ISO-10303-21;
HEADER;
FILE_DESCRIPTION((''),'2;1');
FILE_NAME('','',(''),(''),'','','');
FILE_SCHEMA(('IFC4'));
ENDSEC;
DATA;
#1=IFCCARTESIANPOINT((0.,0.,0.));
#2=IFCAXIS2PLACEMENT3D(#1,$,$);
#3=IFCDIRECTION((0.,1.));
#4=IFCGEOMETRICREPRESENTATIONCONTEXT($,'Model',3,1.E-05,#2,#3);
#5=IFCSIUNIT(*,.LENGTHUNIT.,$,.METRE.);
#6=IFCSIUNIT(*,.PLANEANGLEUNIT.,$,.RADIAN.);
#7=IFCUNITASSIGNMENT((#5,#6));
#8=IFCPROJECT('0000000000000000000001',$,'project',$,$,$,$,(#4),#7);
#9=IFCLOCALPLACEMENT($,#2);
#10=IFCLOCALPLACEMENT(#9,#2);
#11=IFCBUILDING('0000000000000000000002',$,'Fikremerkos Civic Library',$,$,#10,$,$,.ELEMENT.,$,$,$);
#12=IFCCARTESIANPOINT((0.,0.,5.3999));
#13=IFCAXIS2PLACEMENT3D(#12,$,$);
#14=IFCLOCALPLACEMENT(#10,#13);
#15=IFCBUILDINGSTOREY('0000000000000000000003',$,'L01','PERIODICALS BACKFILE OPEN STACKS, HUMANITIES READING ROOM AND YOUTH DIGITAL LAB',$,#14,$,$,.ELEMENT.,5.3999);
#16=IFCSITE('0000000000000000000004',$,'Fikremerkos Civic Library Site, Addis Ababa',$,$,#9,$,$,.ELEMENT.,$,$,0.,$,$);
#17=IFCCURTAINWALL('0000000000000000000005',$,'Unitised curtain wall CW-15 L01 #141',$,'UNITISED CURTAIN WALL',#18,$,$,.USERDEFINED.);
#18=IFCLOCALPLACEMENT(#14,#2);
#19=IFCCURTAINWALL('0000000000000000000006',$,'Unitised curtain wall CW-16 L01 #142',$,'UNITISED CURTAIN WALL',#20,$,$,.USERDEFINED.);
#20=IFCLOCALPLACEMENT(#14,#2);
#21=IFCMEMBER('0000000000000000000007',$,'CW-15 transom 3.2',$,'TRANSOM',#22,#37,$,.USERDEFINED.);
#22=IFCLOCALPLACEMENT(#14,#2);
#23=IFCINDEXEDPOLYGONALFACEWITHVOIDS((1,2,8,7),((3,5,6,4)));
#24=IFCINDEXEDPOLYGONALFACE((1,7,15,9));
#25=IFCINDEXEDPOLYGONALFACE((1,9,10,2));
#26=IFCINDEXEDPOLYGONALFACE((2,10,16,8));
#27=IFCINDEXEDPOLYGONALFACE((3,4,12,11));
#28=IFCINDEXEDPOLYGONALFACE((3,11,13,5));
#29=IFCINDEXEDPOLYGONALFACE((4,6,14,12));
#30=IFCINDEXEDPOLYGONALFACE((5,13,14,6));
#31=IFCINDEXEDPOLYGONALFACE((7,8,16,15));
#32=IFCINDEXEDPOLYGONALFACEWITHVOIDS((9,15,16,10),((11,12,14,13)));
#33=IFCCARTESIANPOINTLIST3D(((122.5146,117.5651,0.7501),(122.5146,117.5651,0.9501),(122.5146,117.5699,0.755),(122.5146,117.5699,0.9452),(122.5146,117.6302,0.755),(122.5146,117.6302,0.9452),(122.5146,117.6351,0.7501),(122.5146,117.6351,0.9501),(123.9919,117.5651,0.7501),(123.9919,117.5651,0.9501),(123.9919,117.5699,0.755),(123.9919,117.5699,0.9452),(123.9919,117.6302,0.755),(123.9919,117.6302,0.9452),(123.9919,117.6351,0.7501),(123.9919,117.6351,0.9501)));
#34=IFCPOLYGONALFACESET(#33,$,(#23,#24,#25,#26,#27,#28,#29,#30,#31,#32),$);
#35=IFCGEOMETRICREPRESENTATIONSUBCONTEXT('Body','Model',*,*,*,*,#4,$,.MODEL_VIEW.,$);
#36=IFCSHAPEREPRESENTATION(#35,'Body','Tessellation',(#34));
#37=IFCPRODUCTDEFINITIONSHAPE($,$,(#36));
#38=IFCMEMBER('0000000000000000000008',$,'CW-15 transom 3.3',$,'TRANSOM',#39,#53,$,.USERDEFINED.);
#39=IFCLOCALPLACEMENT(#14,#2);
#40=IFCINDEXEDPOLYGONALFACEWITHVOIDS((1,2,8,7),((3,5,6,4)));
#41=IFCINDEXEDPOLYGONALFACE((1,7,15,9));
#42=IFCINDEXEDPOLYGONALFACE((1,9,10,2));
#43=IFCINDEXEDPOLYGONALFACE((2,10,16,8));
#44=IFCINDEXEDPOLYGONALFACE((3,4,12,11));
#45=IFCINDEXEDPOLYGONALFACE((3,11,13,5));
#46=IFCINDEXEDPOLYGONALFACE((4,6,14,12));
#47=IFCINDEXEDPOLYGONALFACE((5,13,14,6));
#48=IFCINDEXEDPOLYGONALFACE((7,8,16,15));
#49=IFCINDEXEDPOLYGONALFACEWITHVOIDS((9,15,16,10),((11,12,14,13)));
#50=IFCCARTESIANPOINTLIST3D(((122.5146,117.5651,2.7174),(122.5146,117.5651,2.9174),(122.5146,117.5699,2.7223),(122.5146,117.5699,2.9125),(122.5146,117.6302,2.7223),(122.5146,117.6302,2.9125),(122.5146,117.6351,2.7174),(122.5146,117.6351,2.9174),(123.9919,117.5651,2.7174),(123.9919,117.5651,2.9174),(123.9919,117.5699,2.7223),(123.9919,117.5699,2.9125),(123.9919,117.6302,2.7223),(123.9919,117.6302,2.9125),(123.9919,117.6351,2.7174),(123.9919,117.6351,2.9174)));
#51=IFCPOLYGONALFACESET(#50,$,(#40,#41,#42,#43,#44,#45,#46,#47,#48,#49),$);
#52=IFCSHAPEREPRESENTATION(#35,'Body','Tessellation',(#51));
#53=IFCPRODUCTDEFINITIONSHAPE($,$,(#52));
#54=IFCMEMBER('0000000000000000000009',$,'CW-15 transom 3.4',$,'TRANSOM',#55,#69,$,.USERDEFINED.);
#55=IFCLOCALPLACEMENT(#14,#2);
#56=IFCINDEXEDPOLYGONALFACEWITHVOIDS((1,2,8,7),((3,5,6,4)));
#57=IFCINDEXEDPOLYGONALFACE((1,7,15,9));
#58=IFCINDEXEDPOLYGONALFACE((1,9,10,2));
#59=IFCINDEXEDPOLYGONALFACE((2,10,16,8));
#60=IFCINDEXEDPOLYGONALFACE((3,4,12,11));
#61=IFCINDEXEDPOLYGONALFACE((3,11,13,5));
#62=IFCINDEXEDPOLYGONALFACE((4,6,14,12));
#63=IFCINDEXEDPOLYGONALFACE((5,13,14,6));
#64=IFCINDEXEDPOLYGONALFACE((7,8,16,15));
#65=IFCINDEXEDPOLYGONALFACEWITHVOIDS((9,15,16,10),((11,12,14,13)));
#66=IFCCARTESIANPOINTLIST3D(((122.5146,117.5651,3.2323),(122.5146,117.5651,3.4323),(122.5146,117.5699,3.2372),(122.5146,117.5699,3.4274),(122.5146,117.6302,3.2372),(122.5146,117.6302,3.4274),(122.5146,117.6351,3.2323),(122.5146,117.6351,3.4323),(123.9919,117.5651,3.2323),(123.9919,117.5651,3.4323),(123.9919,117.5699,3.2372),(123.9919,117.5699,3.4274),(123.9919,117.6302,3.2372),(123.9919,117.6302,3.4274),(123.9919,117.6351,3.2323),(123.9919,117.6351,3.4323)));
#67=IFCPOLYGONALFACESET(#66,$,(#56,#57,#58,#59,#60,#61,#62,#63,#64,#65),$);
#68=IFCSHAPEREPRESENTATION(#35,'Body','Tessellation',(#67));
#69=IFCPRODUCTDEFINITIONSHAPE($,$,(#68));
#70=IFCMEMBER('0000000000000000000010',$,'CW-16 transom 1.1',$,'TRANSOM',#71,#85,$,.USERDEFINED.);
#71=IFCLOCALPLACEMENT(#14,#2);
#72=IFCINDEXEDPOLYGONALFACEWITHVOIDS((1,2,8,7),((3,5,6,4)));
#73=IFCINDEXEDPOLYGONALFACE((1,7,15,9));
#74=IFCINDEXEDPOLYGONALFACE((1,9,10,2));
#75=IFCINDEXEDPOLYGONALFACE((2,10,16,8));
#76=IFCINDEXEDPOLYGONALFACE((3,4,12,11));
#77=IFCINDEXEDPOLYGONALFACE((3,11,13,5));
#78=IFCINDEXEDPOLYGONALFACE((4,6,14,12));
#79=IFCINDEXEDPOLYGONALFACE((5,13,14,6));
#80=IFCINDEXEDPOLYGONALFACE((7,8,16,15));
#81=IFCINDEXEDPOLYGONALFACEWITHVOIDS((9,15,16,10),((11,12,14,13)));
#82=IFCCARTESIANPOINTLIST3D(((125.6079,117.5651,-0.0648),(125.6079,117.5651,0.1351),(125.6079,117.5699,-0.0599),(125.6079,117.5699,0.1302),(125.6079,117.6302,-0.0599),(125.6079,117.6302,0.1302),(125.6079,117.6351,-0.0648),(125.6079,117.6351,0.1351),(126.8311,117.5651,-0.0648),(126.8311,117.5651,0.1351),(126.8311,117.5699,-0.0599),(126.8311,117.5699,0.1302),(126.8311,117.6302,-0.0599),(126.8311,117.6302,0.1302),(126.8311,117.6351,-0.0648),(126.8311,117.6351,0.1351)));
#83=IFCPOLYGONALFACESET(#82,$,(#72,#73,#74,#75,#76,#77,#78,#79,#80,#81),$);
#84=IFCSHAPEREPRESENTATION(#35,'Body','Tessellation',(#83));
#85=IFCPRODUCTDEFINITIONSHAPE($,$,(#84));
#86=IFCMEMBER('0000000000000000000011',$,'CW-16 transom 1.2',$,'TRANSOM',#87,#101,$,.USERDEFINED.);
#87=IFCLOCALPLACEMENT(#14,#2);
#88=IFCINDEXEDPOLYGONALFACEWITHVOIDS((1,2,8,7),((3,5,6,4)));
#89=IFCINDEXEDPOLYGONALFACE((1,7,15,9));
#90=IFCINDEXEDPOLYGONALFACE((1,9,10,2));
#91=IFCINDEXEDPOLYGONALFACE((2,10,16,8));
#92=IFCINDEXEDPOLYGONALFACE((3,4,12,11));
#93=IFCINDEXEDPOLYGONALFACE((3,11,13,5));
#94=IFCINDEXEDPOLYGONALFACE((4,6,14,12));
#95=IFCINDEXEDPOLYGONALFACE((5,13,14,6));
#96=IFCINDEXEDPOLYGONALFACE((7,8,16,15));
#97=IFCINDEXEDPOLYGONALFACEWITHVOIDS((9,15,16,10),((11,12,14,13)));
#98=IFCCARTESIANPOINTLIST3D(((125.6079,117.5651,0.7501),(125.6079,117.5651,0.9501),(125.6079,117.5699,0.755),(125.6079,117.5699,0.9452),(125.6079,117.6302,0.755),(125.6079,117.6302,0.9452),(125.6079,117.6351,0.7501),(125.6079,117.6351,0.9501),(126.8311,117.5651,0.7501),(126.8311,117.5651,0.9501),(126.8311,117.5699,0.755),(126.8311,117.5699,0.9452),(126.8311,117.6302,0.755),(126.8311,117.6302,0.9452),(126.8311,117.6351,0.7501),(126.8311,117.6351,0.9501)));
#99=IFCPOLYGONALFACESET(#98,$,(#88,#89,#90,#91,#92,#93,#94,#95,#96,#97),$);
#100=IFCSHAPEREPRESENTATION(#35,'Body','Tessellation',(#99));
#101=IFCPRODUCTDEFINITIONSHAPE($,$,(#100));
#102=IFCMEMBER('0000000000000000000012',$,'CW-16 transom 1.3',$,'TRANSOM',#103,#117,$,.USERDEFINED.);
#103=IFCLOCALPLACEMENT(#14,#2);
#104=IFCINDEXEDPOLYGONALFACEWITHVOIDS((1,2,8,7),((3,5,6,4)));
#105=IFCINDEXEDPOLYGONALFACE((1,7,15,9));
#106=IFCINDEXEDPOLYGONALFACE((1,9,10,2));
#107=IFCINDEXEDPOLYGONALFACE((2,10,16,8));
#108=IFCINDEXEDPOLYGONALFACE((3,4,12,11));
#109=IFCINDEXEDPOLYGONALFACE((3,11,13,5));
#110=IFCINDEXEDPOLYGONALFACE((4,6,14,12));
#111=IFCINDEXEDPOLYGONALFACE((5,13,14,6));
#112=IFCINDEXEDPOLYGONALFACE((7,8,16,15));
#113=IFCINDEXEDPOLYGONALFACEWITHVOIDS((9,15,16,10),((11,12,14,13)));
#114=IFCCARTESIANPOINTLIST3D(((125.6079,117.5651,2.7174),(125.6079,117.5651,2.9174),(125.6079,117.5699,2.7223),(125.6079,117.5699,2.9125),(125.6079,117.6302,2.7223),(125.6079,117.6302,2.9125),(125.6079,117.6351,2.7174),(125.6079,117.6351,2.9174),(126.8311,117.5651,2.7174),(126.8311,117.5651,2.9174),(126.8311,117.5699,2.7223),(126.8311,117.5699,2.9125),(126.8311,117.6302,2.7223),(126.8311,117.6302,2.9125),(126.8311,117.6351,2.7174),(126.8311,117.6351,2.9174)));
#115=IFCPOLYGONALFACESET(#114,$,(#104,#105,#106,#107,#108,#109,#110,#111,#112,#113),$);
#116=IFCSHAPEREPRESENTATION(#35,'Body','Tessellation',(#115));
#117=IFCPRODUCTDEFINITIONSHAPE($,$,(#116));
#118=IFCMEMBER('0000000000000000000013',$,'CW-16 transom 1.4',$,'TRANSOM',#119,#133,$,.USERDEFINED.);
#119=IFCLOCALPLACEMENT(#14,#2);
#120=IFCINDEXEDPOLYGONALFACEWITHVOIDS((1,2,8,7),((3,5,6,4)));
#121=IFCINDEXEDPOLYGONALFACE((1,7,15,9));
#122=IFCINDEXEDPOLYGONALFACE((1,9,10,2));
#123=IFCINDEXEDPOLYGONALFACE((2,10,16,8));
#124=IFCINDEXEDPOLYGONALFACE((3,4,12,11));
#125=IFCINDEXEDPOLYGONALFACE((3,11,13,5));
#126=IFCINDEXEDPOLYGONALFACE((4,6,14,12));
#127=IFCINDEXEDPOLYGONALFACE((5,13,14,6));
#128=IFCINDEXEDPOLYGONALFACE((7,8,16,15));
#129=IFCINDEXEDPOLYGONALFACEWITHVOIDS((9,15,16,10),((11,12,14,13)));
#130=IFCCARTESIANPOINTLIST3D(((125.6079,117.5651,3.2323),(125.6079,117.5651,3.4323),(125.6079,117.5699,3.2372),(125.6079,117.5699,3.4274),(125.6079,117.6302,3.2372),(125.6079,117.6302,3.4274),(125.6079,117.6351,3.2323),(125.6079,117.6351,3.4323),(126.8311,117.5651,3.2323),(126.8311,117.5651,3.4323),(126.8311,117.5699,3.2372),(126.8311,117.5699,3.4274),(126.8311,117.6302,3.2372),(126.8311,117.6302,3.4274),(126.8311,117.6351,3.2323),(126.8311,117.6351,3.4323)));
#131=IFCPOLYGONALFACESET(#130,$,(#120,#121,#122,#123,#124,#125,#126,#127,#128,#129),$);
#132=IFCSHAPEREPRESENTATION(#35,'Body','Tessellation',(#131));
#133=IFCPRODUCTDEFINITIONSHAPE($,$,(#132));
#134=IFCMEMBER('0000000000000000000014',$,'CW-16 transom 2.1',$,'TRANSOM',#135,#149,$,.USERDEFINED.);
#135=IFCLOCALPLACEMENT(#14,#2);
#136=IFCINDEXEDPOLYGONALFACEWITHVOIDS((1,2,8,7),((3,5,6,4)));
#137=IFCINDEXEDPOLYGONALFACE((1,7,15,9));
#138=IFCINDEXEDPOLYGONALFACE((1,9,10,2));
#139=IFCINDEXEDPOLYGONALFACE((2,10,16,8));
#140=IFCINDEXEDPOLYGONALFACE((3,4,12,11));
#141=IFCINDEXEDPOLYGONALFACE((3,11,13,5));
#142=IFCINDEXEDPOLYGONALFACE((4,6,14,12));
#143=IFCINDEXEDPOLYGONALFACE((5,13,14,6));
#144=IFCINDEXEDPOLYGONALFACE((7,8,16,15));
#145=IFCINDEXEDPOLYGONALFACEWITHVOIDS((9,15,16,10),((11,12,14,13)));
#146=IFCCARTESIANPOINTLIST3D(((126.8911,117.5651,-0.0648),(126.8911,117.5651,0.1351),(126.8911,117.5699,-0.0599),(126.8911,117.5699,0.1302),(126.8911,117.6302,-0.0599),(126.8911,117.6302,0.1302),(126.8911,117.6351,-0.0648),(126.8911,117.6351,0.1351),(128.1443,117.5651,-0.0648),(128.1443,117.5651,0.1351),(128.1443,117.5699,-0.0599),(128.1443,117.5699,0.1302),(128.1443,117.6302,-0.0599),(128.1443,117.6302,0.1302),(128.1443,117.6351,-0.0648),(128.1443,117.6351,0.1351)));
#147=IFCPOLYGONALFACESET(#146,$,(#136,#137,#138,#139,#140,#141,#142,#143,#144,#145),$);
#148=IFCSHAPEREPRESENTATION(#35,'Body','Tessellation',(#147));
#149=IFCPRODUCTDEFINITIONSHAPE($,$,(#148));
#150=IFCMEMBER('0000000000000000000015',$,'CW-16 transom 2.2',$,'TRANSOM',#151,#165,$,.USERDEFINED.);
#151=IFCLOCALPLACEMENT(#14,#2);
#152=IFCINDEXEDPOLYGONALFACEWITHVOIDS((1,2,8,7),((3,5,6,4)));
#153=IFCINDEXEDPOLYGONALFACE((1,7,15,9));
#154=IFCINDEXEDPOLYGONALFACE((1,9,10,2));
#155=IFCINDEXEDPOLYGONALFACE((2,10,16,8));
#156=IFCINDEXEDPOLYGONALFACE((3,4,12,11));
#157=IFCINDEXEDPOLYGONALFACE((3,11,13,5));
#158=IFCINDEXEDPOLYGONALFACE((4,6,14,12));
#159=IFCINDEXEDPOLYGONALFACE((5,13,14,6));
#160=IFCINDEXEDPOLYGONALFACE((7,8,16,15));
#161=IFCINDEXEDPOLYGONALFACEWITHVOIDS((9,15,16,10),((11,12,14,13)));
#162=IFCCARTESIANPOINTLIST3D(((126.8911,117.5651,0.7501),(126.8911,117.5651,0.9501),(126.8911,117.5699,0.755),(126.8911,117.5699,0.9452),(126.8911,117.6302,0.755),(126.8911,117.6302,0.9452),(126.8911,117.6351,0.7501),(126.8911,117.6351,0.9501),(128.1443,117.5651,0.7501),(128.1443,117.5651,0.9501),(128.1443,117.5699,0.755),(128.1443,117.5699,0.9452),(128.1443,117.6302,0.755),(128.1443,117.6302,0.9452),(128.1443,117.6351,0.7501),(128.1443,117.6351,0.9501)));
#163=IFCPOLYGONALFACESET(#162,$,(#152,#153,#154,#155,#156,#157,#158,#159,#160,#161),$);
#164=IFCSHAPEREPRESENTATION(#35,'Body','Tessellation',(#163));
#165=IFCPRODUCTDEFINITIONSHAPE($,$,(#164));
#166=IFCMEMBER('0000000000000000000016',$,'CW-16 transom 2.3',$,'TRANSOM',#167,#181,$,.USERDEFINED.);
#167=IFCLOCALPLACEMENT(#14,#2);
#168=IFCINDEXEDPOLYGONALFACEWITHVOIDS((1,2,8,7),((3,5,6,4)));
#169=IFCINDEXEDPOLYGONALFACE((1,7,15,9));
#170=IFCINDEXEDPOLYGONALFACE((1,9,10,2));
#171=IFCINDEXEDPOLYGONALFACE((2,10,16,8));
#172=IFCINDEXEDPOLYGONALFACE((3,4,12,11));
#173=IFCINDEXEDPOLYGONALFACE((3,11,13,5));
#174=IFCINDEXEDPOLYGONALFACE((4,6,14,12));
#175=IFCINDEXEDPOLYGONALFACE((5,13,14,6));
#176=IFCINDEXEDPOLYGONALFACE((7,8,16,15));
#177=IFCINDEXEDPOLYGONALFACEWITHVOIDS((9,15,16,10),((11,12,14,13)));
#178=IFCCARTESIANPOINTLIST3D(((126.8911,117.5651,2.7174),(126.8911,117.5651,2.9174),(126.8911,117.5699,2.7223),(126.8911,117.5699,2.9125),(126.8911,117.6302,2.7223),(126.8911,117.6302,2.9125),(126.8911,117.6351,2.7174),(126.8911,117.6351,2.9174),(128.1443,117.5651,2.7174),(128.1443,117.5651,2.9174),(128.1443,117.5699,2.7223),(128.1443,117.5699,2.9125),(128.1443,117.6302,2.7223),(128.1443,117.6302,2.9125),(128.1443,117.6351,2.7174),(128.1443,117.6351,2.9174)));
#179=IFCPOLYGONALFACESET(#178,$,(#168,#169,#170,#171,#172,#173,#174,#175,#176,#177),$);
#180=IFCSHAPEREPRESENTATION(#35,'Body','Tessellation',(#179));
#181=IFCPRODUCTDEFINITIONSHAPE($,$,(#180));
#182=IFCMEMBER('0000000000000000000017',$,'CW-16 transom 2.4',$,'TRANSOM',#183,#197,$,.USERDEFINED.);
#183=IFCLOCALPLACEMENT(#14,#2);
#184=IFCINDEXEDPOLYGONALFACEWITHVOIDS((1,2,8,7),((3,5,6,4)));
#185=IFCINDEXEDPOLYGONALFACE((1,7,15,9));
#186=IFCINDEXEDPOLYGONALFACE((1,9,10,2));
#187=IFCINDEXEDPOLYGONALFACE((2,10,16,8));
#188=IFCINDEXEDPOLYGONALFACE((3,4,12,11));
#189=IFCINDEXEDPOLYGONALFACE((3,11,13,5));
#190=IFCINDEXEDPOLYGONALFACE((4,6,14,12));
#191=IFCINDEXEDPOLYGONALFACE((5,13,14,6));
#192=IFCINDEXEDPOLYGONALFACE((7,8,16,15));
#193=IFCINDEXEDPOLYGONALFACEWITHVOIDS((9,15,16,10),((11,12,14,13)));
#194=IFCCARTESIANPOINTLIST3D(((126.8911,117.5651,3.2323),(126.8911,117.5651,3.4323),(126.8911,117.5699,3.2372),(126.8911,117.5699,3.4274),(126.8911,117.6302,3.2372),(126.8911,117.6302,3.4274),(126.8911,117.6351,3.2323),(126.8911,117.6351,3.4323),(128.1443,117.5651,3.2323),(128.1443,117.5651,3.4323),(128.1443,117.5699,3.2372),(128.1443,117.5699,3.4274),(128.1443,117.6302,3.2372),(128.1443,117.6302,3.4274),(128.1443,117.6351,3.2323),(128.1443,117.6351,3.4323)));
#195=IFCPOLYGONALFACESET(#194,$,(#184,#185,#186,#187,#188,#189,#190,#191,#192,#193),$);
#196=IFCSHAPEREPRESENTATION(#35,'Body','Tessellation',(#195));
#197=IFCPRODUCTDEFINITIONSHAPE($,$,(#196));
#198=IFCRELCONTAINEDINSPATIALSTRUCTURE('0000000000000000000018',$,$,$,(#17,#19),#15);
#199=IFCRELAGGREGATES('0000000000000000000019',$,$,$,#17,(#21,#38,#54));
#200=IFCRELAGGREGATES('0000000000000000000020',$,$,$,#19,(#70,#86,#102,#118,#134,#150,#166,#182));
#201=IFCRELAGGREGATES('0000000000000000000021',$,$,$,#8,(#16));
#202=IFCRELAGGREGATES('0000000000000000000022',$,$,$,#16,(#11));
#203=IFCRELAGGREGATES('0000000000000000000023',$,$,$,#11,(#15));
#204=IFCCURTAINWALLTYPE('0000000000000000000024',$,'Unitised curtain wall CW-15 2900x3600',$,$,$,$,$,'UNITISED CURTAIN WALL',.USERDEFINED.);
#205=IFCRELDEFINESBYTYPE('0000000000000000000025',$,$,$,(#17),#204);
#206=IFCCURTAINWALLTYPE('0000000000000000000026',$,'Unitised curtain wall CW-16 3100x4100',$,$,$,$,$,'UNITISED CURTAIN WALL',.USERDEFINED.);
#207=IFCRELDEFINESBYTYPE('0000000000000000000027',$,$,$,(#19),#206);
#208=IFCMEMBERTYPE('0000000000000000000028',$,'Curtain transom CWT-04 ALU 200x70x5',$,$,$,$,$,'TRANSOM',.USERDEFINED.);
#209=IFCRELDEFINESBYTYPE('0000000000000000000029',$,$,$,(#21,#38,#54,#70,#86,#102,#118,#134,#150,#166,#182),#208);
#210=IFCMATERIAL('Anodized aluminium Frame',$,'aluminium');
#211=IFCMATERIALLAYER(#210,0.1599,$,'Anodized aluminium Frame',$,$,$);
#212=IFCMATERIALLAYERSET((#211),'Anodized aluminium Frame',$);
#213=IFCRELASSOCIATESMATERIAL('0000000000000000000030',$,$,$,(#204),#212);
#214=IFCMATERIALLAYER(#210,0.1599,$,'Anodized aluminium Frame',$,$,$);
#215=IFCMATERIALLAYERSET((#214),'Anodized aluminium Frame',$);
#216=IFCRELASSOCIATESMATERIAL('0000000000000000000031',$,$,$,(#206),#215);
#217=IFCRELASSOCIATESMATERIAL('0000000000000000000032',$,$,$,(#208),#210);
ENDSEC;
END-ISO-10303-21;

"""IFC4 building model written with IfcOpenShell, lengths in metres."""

from ifc_helpers import new_model, si_unit, direction, frame, origin, origin_2d, place, context, subcontext, project, spatial, hollow_rectangle, extrude, material, layer, layer_set, material_profile, profile_set, type_object, element, aggregate, save


model = new_model("IFC4")

# Units and contexts
model_context = context("Model", 3, precision=1e-05, world=origin(), true_north=direction((0.0, 1.0)))
body_context = subcontext(model_context, "Body", "Model", "MODEL_VIEW")
ifc_project = project(units=[si_unit("LENGTHUNIT", "METRE"), si_unit("PLANEANGLEUNIT", "RADIAN")], contexts=[model_context])

# Site, building, storey
site_placement = place(None, origin())
site = spatial("IfcSite", under=ifc_project, at=site_placement, Name="Fikremerkos Civic Library Site, Addis Ababa", CompositionType="ELEMENT", RefElevation=0.0)
building_placement = place(site_placement, origin())
building = spatial("IfcBuilding", under=site, at=building_placement, Name="Fikremerkos Civic Library", CompositionType="ELEMENT")
storey_placement = place(building_placement, frame((0.0, 0.0, 5.3999)))
storey = spatial("IfcBuildingStorey", under=building, at=storey_placement, Name="L01", Description="PERIODICALS BACKFILE OPEN STACKS, HUMANITIES READING ROOM AND YOUTH DIGITAL LAB", CompositionType="ELEMENT", Elevation=5.3999)

# Curtain walls
ifc_material_1 = material(Name="Anodized aluminium Frame", Category="aluminium")
ifc_layer_1 = layer(ifc_material_1, 0.1599, Name="Anodized aluminium Frame")
ifc_layer_set_1 = layer_set([ifc_layer_1], Name="Anodized aluminium Frame")
curtain_wall_type_1 = type_object("IfcCurtainWallType", Name="Unitised curtain wall CW-15 2900x3600", ElementType="UNITISED CURTAIN WALL", PredefinedType="USERDEFINED", material=ifc_layer_set_1)
curtain_wall_1_placement = place(storey_placement, origin())
curtain_wall_1 = element("IfcCurtainWall", 1, at=curtain_wall_1_placement, inside=storey, type_object=curtain_wall_type_1, Name="Unitised curtain wall CW-15 L01 #141", ObjectType="UNITISED CURTAIN WALL", PredefinedType="USERDEFINED")
ifc_layer_2 = layer(ifc_material_1, 0.1599, Name="Anodized aluminium Frame")
ifc_layer_set_2 = layer_set([ifc_layer_2], Name="Anodized aluminium Frame")
curtain_wall_type_2 = type_object("IfcCurtainWallType", Name="Unitised curtain wall CW-16 3100x4100", ElementType="UNITISED CURTAIN WALL", PredefinedType="USERDEFINED", material=ifc_layer_set_2)
curtain_wall_2_placement = place(storey_placement, origin())
curtain_wall_2 = element("IfcCurtainWall", 2, at=curtain_wall_2_placement, inside=storey, type_object=curtain_wall_type_2, Name="Unitised curtain wall CW-16 L01 #142", ObjectType="UNITISED CURTAIN WALL", PredefinedType="USERDEFINED")

# Members
ifc_material_profile_1 = material_profile(ifc_material_1, hollow_rectangle(XDim=0.0701, YDim=0.2, WallThickness=0.0049, at=origin_2d()), Name="ALU 200x70x5")
ifc_profile_set_1 = profile_set([ifc_material_profile_1], Name="Anodized aluminium Frame")
member_type_1 = type_object("IfcMemberType", Name="Curtain transom CWT-04 ALU 200x70x5", ElementType="TRANSOM", PredefinedType="USERDEFINED", material=ifc_profile_set_1)
member_1_placement = place(storey_placement, frame((122.5146, 117.6001, 0.8501), z_axis=(1.0, 0.0, 0.0), x_axis=(0.0, 1.0, 0.0)))
member_1 = element("IfcMember", 3, at=member_1_placement, type_object=member_type_1, Name="CW-15 transom 3.2", ObjectType="TRANSOM", PredefinedType="USERDEFINED", context=body_context, shape_type="SweptSolid", body=[
    extrude(hollow_rectangle(XDim=0.0701, YDim=0.2, WallThickness=0.0049, at=origin_2d()), origin(), (0.0, 0.0, 1.0), 1.4773),
])
member_2_placement = place(storey_placement, frame((122.5146, 117.6001, 2.8174), z_axis=(1.0, 0.0, 0.0), x_axis=(0.0, 1.0, 0.0)))
member_2 = element("IfcMember", 4, at=member_2_placement, type_object=member_type_1, Name="CW-15 transom 3.3", ObjectType="TRANSOM", PredefinedType="USERDEFINED", context=body_context, shape_type="SweptSolid", body=[
    extrude(hollow_rectangle(XDim=0.0701, YDim=0.2, WallThickness=0.0049, at=origin_2d()), origin(), (0.0, 0.0, 1.0), 1.4773),
])
member_3_placement = place(storey_placement, frame((122.5146, 117.6001, 3.3323), z_axis=(1.0, 0.0, 0.0), x_axis=(0.0, 1.0, 0.0)))
member_3 = element("IfcMember", 5, at=member_3_placement, type_object=member_type_1, Name="CW-15 transom 3.4", ObjectType="TRANSOM", PredefinedType="USERDEFINED", context=body_context, shape_type="SweptSolid", body=[
    extrude(hollow_rectangle(XDim=0.0701, YDim=0.2, WallThickness=0.0049, at=origin_2d()), origin(), (0.0, 0.0, 1.0), 1.4773),
])
member_4_placement = place(storey_placement, frame((125.6079, 117.6001, 0.0352), z_axis=(1.0, 0.0, 0.0), x_axis=(0.0, 1.0, 0.0)))
member_4 = element("IfcMember", 6, at=member_4_placement, type_object=member_type_1, Name="CW-16 transom 1.1", ObjectType="TRANSOM", PredefinedType="USERDEFINED", context=body_context, shape_type="SweptSolid", body=[
    extrude(hollow_rectangle(XDim=0.0701, YDim=0.2, WallThickness=0.0049, at=origin_2d()), origin(), (0.0, 0.0, 1.0), 1.2231),
])
member_5_placement = place(storey_placement, frame((125.6079, 117.6001, 0.8501), z_axis=(1.0, 0.0, 0.0), x_axis=(0.0, 1.0, 0.0)))
member_5 = element("IfcMember", 7, at=member_5_placement, type_object=member_type_1, Name="CW-16 transom 1.2", ObjectType="TRANSOM", PredefinedType="USERDEFINED", context=body_context, shape_type="SweptSolid", body=[
    extrude(hollow_rectangle(XDim=0.0701, YDim=0.2, WallThickness=0.0049, at=origin_2d()), origin(), (0.0, 0.0, 1.0), 1.2231),
])
member_6_placement = place(storey_placement, frame((125.6079, 117.6001, 2.8174), z_axis=(1.0, 0.0, 0.0), x_axis=(0.0, 1.0, 0.0)))
member_6 = element("IfcMember", 8, at=member_6_placement, type_object=member_type_1, Name="CW-16 transom 1.3", ObjectType="TRANSOM", PredefinedType="USERDEFINED", context=body_context, shape_type="SweptSolid", body=[
    extrude(hollow_rectangle(XDim=0.0701, YDim=0.2, WallThickness=0.0049, at=origin_2d()), origin(), (0.0, 0.0, 1.0), 1.2231),
])
member_7_placement = place(storey_placement, frame((125.6079, 117.6001, 3.3323), z_axis=(1.0, 0.0, 0.0), x_axis=(0.0, 1.0, 0.0)))
member_7 = element("IfcMember", 9, at=member_7_placement, type_object=member_type_1, Name="CW-16 transom 1.4", ObjectType="TRANSOM", PredefinedType="USERDEFINED", context=body_context, shape_type="SweptSolid", body=[
    extrude(hollow_rectangle(XDim=0.0701, YDim=0.2, WallThickness=0.0049, at=origin_2d()), origin(), (0.0, 0.0, 1.0), 1.2231),
])
member_8_placement = place(storey_placement, frame((126.8911, 117.6001, 0.0352), z_axis=(1.0, 0.0, 0.0), x_axis=(0.0, 1.0, 0.0)))
member_8 = element("IfcMember", 10, at=member_8_placement, type_object=member_type_1, Name="CW-16 transom 2.1", ObjectType="TRANSOM", PredefinedType="USERDEFINED", context=body_context, shape_type="SweptSolid", body=[
    extrude(hollow_rectangle(XDim=0.0701, YDim=0.2, WallThickness=0.0049, at=origin_2d()), origin(), (0.0, 0.0, 1.0), 1.2532),
])
member_9_placement = place(storey_placement, frame((126.8911, 117.6001, 0.8501), z_axis=(1.0, 0.0, 0.0), x_axis=(0.0, 1.0, 0.0)))
member_9 = element("IfcMember", 11, at=member_9_placement, type_object=member_type_1, Name="CW-16 transom 2.2", ObjectType="TRANSOM", PredefinedType="USERDEFINED", context=body_context, shape_type="SweptSolid", body=[
    extrude(hollow_rectangle(XDim=0.0701, YDim=0.2, WallThickness=0.0049, at=origin_2d()), origin(), (0.0, 0.0, 1.0), 1.2532),
])
member_10_placement = place(storey_placement, frame((126.8911, 117.6001, 2.8174), z_axis=(1.0, 0.0, 0.0), x_axis=(0.0, 1.0, 0.0)))
member_10 = element("IfcMember", 12, at=member_10_placement, type_object=member_type_1, Name="CW-16 transom 2.3", ObjectType="TRANSOM", PredefinedType="USERDEFINED", context=body_context, shape_type="SweptSolid", body=[
    extrude(hollow_rectangle(XDim=0.0701, YDim=0.2, WallThickness=0.0049, at=origin_2d()), origin(), (0.0, 0.0, 1.0), 1.2532),
])
member_11_placement = place(storey_placement, frame((126.8911, 117.6001, 3.3323), z_axis=(1.0, 0.0, 0.0), x_axis=(0.0, 1.0, 0.0)))
member_11 = element("IfcMember", 13, at=member_11_placement, type_object=member_type_1, Name="CW-16 transom 2.4", ObjectType="TRANSOM", PredefinedType="USERDEFINED", context=body_context, shape_type="SweptSolid", body=[
    extrude(hollow_rectangle(XDim=0.0701, YDim=0.2, WallThickness=0.0049, at=origin_2d()), origin(), (0.0, 0.0, 1.0), 1.2532),
])

aggregate(curtain_wall_1, [member_1, member_2, member_3])
aggregate(curtain_wall_2, [member_4, member_5, member_6, member_7, member_8, member_9, member_10, member_11])

save(model, "model.ifc")
